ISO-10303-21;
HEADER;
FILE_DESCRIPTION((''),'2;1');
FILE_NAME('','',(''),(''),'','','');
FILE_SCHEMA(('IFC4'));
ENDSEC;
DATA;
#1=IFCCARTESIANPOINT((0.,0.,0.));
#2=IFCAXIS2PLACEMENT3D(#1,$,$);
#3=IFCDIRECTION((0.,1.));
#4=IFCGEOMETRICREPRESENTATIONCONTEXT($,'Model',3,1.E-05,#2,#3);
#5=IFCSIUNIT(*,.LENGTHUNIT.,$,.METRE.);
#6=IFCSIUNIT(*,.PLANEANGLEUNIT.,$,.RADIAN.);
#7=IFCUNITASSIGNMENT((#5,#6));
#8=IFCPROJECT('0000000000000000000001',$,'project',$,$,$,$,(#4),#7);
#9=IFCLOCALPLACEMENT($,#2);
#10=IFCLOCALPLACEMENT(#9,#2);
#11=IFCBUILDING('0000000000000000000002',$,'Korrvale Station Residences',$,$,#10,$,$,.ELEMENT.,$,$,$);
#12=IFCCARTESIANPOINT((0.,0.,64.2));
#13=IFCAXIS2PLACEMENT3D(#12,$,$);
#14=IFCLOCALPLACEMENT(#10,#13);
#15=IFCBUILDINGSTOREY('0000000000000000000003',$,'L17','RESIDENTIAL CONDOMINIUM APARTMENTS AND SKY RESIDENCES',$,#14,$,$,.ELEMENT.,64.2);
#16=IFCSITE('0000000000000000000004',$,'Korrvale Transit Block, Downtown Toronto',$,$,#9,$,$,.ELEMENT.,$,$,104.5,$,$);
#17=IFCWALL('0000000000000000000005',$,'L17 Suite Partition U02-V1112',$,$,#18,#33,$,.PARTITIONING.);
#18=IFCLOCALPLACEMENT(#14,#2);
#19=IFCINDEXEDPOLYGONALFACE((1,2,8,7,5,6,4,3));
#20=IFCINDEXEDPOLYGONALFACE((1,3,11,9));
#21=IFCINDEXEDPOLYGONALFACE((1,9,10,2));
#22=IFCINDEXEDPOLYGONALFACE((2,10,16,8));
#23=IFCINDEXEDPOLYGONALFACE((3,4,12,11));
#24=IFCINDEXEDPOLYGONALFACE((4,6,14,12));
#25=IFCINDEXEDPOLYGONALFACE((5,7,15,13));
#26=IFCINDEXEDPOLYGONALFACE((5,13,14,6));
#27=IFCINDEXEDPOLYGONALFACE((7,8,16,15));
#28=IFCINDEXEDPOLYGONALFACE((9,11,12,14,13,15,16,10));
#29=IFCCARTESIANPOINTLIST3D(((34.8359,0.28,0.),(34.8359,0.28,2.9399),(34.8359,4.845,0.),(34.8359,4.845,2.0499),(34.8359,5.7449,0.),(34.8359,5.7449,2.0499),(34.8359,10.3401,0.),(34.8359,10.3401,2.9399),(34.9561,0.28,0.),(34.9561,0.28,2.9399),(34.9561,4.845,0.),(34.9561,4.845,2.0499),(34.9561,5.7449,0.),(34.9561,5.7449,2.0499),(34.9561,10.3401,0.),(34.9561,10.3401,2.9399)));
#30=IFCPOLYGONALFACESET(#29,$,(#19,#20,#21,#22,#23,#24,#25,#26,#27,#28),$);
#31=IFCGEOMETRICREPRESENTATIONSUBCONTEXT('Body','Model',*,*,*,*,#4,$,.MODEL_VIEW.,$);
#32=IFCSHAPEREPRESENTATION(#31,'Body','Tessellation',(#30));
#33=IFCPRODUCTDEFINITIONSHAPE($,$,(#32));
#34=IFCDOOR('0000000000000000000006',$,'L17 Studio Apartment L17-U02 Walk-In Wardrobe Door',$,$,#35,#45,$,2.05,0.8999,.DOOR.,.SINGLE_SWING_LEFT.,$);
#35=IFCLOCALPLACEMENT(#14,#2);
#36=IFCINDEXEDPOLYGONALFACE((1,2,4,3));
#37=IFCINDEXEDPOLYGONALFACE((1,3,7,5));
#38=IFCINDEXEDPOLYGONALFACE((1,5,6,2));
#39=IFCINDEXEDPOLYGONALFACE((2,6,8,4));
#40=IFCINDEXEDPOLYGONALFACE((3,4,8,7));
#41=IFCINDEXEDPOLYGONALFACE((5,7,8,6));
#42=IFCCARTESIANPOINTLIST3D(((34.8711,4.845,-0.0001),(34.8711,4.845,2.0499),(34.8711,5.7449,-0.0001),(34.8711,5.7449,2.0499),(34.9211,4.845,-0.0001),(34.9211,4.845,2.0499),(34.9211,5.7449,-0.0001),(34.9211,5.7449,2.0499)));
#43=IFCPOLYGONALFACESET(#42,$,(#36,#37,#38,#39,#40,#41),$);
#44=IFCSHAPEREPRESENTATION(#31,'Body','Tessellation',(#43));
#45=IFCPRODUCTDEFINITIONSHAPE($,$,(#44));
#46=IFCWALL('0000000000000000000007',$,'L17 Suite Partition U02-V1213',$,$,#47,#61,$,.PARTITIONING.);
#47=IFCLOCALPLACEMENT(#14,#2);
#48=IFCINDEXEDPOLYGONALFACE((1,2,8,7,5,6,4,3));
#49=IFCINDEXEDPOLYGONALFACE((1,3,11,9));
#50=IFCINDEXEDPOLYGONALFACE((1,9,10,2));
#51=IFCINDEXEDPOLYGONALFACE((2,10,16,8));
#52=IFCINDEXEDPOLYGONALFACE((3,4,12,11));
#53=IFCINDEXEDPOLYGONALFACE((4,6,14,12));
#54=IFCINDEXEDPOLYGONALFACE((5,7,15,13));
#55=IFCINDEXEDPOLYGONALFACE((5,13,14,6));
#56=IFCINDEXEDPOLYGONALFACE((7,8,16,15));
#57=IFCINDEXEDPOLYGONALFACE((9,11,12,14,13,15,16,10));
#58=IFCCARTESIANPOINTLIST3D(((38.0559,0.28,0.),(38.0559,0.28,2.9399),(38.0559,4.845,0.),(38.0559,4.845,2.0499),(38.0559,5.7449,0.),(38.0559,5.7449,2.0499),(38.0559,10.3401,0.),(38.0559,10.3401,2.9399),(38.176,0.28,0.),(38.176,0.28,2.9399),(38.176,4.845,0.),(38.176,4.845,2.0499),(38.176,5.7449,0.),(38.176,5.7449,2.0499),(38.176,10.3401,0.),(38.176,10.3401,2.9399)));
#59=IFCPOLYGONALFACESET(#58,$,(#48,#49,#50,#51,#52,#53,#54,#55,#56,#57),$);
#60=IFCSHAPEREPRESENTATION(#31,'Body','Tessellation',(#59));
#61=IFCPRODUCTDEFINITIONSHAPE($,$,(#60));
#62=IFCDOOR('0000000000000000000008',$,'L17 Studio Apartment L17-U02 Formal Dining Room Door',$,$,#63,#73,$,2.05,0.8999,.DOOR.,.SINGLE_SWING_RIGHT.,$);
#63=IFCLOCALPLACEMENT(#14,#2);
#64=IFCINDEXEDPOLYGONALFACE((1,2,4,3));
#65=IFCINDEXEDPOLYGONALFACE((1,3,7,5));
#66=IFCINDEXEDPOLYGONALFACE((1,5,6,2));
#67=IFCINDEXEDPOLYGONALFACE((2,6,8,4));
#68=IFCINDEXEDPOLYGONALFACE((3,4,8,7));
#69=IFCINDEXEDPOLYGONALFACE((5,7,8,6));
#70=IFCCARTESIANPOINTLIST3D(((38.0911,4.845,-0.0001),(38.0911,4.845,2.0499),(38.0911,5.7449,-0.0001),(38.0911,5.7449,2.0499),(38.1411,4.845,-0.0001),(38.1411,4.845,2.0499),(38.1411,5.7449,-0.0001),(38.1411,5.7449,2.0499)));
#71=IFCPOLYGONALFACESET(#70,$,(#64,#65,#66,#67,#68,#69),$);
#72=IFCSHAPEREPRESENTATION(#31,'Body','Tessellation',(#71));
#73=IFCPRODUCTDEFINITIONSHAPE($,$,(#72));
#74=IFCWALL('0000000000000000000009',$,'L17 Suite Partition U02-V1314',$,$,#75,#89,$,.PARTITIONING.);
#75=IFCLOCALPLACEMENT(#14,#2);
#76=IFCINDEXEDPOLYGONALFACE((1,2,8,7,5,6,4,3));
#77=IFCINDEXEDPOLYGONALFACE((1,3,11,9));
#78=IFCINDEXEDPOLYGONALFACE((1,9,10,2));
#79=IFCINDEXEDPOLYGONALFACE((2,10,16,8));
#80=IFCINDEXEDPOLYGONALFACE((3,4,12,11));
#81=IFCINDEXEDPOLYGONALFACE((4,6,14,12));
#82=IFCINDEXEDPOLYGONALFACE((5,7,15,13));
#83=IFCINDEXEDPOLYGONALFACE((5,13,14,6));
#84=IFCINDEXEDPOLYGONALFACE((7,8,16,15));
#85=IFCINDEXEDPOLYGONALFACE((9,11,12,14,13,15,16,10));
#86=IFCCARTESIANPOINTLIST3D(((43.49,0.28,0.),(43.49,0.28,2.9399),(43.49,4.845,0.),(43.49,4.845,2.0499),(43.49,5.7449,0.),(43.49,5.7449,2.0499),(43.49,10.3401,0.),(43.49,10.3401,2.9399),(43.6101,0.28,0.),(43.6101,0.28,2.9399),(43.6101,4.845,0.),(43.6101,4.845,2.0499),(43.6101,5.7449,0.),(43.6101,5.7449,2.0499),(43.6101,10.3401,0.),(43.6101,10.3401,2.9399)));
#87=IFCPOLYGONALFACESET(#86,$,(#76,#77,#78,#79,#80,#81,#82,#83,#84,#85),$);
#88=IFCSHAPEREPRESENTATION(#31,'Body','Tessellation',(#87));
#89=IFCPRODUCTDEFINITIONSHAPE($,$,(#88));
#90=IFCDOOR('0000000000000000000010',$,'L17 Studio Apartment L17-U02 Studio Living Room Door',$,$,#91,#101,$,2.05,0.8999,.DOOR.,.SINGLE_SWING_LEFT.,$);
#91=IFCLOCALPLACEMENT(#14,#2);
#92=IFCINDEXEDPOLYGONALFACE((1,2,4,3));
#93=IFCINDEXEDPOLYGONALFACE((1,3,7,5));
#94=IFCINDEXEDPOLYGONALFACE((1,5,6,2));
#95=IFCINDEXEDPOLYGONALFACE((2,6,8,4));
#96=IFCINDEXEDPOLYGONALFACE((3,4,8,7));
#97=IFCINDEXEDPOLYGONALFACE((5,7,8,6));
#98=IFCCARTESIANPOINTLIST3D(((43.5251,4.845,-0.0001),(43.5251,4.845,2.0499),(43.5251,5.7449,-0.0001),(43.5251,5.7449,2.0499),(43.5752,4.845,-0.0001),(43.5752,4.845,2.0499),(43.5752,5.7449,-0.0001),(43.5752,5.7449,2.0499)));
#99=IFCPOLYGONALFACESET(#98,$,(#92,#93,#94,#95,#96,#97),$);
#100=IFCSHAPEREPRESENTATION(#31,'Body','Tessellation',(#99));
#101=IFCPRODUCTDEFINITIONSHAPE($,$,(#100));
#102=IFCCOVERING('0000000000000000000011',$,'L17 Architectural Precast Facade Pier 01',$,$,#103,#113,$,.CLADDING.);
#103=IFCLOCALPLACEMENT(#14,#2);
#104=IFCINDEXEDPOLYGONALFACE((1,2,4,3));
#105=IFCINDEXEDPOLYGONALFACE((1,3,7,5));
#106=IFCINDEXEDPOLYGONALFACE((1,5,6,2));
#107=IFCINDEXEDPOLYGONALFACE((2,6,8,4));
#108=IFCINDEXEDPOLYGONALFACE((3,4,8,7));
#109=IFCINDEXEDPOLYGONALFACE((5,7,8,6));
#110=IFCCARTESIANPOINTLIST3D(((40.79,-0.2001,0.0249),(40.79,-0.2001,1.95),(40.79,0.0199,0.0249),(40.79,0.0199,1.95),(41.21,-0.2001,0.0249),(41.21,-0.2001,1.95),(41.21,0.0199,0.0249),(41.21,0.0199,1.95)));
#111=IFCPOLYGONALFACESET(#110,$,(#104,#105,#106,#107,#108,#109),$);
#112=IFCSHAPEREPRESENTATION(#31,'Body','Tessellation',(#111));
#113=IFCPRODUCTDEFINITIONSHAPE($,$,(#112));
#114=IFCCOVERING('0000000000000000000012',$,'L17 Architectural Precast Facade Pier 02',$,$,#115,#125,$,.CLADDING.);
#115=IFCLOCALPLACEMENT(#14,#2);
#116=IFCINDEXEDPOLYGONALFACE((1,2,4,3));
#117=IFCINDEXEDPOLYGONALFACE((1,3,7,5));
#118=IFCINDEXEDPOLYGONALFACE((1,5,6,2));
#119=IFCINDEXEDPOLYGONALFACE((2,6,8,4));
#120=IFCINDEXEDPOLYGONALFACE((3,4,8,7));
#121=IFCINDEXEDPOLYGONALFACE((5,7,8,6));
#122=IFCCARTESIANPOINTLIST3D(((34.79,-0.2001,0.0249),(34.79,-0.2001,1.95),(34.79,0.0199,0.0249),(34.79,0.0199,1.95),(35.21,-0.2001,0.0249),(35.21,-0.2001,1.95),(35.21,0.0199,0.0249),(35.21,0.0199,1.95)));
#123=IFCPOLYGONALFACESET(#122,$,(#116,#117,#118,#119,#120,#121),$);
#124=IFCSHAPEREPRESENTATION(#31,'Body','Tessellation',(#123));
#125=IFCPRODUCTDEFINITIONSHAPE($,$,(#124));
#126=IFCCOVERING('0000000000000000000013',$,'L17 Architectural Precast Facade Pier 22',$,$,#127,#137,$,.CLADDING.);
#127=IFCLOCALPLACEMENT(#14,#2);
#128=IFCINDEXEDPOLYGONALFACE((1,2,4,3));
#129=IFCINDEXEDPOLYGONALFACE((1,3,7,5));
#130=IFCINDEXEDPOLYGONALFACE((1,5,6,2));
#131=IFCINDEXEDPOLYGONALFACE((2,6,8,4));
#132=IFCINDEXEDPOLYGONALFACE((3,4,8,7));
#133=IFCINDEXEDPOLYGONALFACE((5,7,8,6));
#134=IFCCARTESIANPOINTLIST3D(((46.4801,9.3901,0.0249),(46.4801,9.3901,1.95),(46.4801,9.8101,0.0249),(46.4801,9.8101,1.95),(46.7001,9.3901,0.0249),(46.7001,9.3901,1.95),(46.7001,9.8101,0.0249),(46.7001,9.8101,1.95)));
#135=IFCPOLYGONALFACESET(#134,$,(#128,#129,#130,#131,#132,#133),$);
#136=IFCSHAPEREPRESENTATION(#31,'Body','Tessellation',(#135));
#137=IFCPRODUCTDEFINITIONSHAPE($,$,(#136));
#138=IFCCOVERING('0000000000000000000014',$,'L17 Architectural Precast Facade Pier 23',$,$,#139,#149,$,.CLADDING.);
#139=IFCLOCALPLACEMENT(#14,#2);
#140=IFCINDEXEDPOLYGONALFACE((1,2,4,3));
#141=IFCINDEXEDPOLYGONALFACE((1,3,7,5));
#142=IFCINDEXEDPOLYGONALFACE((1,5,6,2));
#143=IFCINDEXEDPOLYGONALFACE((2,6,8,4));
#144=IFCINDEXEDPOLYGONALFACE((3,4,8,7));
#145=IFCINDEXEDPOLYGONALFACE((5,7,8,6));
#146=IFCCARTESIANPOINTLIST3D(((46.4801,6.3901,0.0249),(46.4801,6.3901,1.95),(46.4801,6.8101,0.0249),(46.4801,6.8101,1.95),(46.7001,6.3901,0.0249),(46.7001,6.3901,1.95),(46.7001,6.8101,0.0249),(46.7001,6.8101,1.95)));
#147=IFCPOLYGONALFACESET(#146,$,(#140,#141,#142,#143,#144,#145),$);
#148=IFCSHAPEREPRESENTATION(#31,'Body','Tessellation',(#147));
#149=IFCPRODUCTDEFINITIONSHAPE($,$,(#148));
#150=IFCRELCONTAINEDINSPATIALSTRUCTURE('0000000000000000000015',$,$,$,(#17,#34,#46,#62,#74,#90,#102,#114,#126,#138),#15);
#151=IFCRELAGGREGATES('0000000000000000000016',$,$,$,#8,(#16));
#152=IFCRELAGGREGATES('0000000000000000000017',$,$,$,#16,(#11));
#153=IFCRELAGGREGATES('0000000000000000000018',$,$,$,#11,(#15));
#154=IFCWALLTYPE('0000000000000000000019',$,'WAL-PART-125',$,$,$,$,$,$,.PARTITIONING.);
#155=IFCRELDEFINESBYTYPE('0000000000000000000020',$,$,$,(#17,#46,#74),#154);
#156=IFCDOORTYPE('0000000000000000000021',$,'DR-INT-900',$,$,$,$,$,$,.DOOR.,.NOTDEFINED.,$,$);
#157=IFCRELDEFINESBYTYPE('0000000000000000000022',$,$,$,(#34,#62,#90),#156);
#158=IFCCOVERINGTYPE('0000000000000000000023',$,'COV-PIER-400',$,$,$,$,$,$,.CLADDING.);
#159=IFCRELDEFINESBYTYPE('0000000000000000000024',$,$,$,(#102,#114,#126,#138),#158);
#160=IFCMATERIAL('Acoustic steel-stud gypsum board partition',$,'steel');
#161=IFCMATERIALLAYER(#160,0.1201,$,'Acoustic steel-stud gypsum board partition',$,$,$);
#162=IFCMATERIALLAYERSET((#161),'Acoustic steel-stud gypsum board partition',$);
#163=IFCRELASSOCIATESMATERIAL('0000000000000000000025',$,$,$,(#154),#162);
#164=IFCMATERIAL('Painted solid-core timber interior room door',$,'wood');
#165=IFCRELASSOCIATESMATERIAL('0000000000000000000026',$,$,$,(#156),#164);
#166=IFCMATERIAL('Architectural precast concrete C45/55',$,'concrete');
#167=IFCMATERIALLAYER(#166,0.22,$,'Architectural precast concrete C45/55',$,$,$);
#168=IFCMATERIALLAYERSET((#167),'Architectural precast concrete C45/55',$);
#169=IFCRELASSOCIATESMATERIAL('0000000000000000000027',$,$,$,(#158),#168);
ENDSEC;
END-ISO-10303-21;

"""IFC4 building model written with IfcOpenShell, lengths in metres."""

from ifc_helpers import new_model, si_unit, direction, frame, frame_2d, origin, origin_2d, place, context, subcontext, project, spatial, rectangle, extrude, material, layer, layer_set, type_object, element, fill, save


model = new_model("IFC4")

# Units and contexts
model_context = context("Model", 3, precision=1e-05, world=origin(), true_north=direction((0.0, 1.0)))
body_context = subcontext(model_context, "Body", "Model", "MODEL_VIEW")
ifc_project = project(units=[si_unit("LENGTHUNIT", "METRE"), si_unit("PLANEANGLEUNIT", "RADIAN")], contexts=[model_context])

# Site, building, storey
site_placement = place(None, origin())
site = spatial("IfcSite", under=ifc_project, at=site_placement, Name="Korrvale Transit Block, Downtown Toronto", CompositionType="ELEMENT", RefElevation=104.5)
building_placement = place(site_placement, origin())
building = spatial("IfcBuilding", under=site, at=building_placement, Name="Korrvale Station Residences", CompositionType="ELEMENT")
storey_placement = place(building_placement, frame((0.0, 0.0, 64.2)))
storey = spatial("IfcBuildingStorey", under=building, at=storey_placement, Name="L17", Description="RESIDENTIAL CONDOMINIUM APARTMENTS AND SKY RESIDENCES", CompositionType="ELEMENT", Elevation=64.2)

# Shared definitions
ifc_material_1 = material(Name="Acoustic steel-stud gypsum board partition", Category="steel")
ifc_layer_1 = layer(ifc_material_1, 0.1201, Name="Acoustic steel-stud gypsum board partition")
ifc_layer_set_1 = layer_set([ifc_layer_1], Name="Acoustic steel-stud gypsum board partition")
wall_type_1 = type_object("IfcWallType", Name="WAL-PART-125", PredefinedType="PARTITIONING", material=ifc_layer_set_1)

# Walls, openings, doors
wall_1_placement = place(storey_placement, frame((34.896, 0.28, 0.0), z_axis=(0.0, 0.0, 1.0), x_axis=(0.0, 1.0, 0.0)))
wall_1 = element("IfcWall", 1, at=wall_1_placement, inside=storey, type_object=wall_type_1, Name="L17 Suite Partition U02-V1112", PredefinedType="PARTITIONING", context=body_context, shape_type="SweptSolid", body=[
    extrude(rectangle(XDim=10.0601, YDim=0.1201, at=frame_2d((5.03, 0.0))), origin(), (0.0, 0.0, 1.0), 2.9399),
])
opening_1_placement = place(wall_1_placement, frame((4.5649, 0.0, 0.0)))
opening_1 = element("IfcOpeningElement", 2, at=opening_1_placement, cuts=wall_1, PredefinedType="OPENING", context=body_context, shape_type="SweptSolid", body=[
    extrude(rectangle(XDim=0.8999, YDim=2.05, at=frame_2d((0.45, 1.0249))), frame((0.0, 0.0701, 0.0), z_axis=(0.0, -1.0, 0.0), x_axis=(1.0, 0.0, 0.0)), (0.0, 0.0, 1.0), 0.1401),
])
ifc_material_2 = material(Name="Painted solid-core timber interior room door", Category="wood")
door_type = type_object("IfcDoorType", Name="DR-INT-900", OperationType="NOTDEFINED", PredefinedType="DOOR", material=ifc_material_2)
door_1_placement = place(opening_1_placement, origin())
door_1 = element("IfcDoor", 3, at=door_1_placement, inside=storey, type_object=door_type, Name="L17 Studio Apartment L17-U02 Walk-In Wardrobe Door", OperationType="SINGLE_SWING_LEFT", OverallHeight=2.05, OverallWidth=0.8999, PredefinedType="DOOR", context=body_context, shape_type="SweptSolid", body=[
    extrude(rectangle(XDim=0.8999, YDim=2.05, at=frame_2d((0.45, 1.0249))), frame((0.0, 0.0249, 0.0), z_axis=(0.0, -1.0, 0.0), x_axis=(1.0, 0.0, 0.0)), (0.0, 0.0, 1.0), 0.05),
])
fill(opening_1, door_1)
wall_2_placement = place(storey_placement, frame((38.116, 0.28, 0.0), z_axis=(0.0, 0.0, 1.0), x_axis=(0.0, 1.0, 0.0)))
wall_2 = element("IfcWall", 4, at=wall_2_placement, inside=storey, type_object=wall_type_1, Name="L17 Suite Partition U02-V1213", PredefinedType="PARTITIONING", context=body_context, shape_type="SweptSolid", body=[
    extrude(rectangle(XDim=10.0601, YDim=0.1201, at=frame_2d((5.03, 0.0))), origin(), (0.0, 0.0, 1.0), 2.9399),
])
opening_2_placement = place(wall_2_placement, frame((4.5649, 0.0, 0.0)))
opening_2 = element("IfcOpeningElement", 5, at=opening_2_placement, cuts=wall_2, PredefinedType="OPENING", context=body_context, shape_type="SweptSolid", body=[
    extrude(rectangle(XDim=0.8999, YDim=2.05, at=frame_2d((0.45, 1.0249))), frame((0.0, 0.0701, 0.0), z_axis=(0.0, -1.0, 0.0), x_axis=(1.0, 0.0, 0.0)), (0.0, 0.0, 1.0), 0.1401),
])
door_2_placement = place(opening_2_placement, origin())
door_2 = element("IfcDoor", 6, at=door_2_placement, inside=storey, type_object=door_type, Name="L17 Studio Apartment L17-U02 Formal Dining Room Door", OperationType="SINGLE_SWING_RIGHT", OverallHeight=2.05, OverallWidth=0.8999, PredefinedType="DOOR", context=body_context, shape_type="SweptSolid", body=[
    extrude(rectangle(XDim=0.8999, YDim=2.05, at=frame_2d((0.45, 1.0249))), frame((0.0, 0.0249, 0.0), z_axis=(0.0, -1.0, 0.0), x_axis=(1.0, 0.0, 0.0)), (0.0, 0.0, 1.0), 0.05),
])
fill(opening_2, door_2)
wall_3_placement = place(storey_placement, frame((43.55, 0.28, 0.0), z_axis=(0.0, 0.0, 1.0), x_axis=(0.0, 1.0, 0.0)))
wall_3 = element("IfcWall", 7, at=wall_3_placement, inside=storey, type_object=wall_type_1, Name="L17 Suite Partition U02-V1314", PredefinedType="PARTITIONING", context=body_context, shape_type="SweptSolid", body=[
    extrude(rectangle(XDim=10.0601, YDim=0.1201, at=frame_2d((5.03, 0.0))), origin(), (0.0, 0.0, 1.0), 2.9399),
])
opening_3_placement = place(wall_3_placement, frame((4.5649, 0.0, 0.0)))
opening_3 = element("IfcOpeningElement", 8, at=opening_3_placement, cuts=wall_3, PredefinedType="OPENING", context=body_context, shape_type="SweptSolid", body=[
    extrude(rectangle(XDim=0.8999, YDim=2.05, at=frame_2d((0.45, 1.0249))), frame((0.0, 0.0701, 0.0), z_axis=(0.0, -1.0, 0.0), x_axis=(1.0, 0.0, 0.0)), (0.0, 0.0, 1.0), 0.1401),
])
door_3_placement = place(opening_3_placement, origin())
door_3 = element("IfcDoor", 9, at=door_3_placement, inside=storey, type_object=door_type, Name="L17 Studio Apartment L17-U02 Studio Living Room Door", OperationType="SINGLE_SWING_LEFT", OverallHeight=2.05, OverallWidth=0.8999, PredefinedType="DOOR", context=body_context, shape_type="SweptSolid", body=[
    extrude(rectangle(XDim=0.8999, YDim=2.05, at=frame_2d((0.45, 1.0249))), frame((0.0, 0.0249, 0.0), z_axis=(0.0, -1.0, 0.0), x_axis=(1.0, 0.0, 0.0)), (0.0, 0.0, 1.0), 0.05),
])
fill(opening_3, door_3)

# Coverings
ifc_material_3 = material(Name="Architectural precast concrete C45/55", Category="concrete")
ifc_layer_2 = layer(ifc_material_3, 0.22, Name="Architectural precast concrete C45/55")
ifc_layer_set_2 = layer_set([ifc_layer_2], Name="Architectural precast concrete C45/55")
covering_type = type_object("IfcCoveringType", Name="COV-PIER-400", PredefinedType="CLADDING", material=ifc_layer_set_2)
for number, where, z_axis, x_axis, name in (
    (10, (41.0, -0.0901, 0.0249), (0.0, 0.0, 1.0), (1.0, 0.0, 0.0), "L17 Architectural Precast Facade Pier 01"),
    (11, (35.0, -0.0901, 0.0249), (0.0, 0.0, 1.0), (1.0, 0.0, 0.0), "L17 Architectural Precast Facade Pier 02"),
    (12, (46.5901, 9.6001, 0.0249), (0.0, 0.0, 1.0), (0.0, 1.0, 0.0), "L17 Architectural Precast Facade Pier 22"),
    (13, (46.5901, 6.6001, 0.0249), (0.0, 0.0, 1.0), (0.0, 1.0, 0.0), "L17 Architectural Precast Facade Pier 23"),
):
    element("IfcCovering", number, at=place(storey_placement, frame(where, z_axis=z_axis, x_axis=x_axis)), inside=storey, type_object=covering_type, Name=name, PredefinedType="CLADDING", context=body_context, shape_type="SweptSolid", body=[
        extrude(rectangle(XDim=0.4199, YDim=0.22, at=origin_2d()), origin(), (0.0, 0.0, 1.0), 1.925),
    ])

save(model, "model.ifc")
